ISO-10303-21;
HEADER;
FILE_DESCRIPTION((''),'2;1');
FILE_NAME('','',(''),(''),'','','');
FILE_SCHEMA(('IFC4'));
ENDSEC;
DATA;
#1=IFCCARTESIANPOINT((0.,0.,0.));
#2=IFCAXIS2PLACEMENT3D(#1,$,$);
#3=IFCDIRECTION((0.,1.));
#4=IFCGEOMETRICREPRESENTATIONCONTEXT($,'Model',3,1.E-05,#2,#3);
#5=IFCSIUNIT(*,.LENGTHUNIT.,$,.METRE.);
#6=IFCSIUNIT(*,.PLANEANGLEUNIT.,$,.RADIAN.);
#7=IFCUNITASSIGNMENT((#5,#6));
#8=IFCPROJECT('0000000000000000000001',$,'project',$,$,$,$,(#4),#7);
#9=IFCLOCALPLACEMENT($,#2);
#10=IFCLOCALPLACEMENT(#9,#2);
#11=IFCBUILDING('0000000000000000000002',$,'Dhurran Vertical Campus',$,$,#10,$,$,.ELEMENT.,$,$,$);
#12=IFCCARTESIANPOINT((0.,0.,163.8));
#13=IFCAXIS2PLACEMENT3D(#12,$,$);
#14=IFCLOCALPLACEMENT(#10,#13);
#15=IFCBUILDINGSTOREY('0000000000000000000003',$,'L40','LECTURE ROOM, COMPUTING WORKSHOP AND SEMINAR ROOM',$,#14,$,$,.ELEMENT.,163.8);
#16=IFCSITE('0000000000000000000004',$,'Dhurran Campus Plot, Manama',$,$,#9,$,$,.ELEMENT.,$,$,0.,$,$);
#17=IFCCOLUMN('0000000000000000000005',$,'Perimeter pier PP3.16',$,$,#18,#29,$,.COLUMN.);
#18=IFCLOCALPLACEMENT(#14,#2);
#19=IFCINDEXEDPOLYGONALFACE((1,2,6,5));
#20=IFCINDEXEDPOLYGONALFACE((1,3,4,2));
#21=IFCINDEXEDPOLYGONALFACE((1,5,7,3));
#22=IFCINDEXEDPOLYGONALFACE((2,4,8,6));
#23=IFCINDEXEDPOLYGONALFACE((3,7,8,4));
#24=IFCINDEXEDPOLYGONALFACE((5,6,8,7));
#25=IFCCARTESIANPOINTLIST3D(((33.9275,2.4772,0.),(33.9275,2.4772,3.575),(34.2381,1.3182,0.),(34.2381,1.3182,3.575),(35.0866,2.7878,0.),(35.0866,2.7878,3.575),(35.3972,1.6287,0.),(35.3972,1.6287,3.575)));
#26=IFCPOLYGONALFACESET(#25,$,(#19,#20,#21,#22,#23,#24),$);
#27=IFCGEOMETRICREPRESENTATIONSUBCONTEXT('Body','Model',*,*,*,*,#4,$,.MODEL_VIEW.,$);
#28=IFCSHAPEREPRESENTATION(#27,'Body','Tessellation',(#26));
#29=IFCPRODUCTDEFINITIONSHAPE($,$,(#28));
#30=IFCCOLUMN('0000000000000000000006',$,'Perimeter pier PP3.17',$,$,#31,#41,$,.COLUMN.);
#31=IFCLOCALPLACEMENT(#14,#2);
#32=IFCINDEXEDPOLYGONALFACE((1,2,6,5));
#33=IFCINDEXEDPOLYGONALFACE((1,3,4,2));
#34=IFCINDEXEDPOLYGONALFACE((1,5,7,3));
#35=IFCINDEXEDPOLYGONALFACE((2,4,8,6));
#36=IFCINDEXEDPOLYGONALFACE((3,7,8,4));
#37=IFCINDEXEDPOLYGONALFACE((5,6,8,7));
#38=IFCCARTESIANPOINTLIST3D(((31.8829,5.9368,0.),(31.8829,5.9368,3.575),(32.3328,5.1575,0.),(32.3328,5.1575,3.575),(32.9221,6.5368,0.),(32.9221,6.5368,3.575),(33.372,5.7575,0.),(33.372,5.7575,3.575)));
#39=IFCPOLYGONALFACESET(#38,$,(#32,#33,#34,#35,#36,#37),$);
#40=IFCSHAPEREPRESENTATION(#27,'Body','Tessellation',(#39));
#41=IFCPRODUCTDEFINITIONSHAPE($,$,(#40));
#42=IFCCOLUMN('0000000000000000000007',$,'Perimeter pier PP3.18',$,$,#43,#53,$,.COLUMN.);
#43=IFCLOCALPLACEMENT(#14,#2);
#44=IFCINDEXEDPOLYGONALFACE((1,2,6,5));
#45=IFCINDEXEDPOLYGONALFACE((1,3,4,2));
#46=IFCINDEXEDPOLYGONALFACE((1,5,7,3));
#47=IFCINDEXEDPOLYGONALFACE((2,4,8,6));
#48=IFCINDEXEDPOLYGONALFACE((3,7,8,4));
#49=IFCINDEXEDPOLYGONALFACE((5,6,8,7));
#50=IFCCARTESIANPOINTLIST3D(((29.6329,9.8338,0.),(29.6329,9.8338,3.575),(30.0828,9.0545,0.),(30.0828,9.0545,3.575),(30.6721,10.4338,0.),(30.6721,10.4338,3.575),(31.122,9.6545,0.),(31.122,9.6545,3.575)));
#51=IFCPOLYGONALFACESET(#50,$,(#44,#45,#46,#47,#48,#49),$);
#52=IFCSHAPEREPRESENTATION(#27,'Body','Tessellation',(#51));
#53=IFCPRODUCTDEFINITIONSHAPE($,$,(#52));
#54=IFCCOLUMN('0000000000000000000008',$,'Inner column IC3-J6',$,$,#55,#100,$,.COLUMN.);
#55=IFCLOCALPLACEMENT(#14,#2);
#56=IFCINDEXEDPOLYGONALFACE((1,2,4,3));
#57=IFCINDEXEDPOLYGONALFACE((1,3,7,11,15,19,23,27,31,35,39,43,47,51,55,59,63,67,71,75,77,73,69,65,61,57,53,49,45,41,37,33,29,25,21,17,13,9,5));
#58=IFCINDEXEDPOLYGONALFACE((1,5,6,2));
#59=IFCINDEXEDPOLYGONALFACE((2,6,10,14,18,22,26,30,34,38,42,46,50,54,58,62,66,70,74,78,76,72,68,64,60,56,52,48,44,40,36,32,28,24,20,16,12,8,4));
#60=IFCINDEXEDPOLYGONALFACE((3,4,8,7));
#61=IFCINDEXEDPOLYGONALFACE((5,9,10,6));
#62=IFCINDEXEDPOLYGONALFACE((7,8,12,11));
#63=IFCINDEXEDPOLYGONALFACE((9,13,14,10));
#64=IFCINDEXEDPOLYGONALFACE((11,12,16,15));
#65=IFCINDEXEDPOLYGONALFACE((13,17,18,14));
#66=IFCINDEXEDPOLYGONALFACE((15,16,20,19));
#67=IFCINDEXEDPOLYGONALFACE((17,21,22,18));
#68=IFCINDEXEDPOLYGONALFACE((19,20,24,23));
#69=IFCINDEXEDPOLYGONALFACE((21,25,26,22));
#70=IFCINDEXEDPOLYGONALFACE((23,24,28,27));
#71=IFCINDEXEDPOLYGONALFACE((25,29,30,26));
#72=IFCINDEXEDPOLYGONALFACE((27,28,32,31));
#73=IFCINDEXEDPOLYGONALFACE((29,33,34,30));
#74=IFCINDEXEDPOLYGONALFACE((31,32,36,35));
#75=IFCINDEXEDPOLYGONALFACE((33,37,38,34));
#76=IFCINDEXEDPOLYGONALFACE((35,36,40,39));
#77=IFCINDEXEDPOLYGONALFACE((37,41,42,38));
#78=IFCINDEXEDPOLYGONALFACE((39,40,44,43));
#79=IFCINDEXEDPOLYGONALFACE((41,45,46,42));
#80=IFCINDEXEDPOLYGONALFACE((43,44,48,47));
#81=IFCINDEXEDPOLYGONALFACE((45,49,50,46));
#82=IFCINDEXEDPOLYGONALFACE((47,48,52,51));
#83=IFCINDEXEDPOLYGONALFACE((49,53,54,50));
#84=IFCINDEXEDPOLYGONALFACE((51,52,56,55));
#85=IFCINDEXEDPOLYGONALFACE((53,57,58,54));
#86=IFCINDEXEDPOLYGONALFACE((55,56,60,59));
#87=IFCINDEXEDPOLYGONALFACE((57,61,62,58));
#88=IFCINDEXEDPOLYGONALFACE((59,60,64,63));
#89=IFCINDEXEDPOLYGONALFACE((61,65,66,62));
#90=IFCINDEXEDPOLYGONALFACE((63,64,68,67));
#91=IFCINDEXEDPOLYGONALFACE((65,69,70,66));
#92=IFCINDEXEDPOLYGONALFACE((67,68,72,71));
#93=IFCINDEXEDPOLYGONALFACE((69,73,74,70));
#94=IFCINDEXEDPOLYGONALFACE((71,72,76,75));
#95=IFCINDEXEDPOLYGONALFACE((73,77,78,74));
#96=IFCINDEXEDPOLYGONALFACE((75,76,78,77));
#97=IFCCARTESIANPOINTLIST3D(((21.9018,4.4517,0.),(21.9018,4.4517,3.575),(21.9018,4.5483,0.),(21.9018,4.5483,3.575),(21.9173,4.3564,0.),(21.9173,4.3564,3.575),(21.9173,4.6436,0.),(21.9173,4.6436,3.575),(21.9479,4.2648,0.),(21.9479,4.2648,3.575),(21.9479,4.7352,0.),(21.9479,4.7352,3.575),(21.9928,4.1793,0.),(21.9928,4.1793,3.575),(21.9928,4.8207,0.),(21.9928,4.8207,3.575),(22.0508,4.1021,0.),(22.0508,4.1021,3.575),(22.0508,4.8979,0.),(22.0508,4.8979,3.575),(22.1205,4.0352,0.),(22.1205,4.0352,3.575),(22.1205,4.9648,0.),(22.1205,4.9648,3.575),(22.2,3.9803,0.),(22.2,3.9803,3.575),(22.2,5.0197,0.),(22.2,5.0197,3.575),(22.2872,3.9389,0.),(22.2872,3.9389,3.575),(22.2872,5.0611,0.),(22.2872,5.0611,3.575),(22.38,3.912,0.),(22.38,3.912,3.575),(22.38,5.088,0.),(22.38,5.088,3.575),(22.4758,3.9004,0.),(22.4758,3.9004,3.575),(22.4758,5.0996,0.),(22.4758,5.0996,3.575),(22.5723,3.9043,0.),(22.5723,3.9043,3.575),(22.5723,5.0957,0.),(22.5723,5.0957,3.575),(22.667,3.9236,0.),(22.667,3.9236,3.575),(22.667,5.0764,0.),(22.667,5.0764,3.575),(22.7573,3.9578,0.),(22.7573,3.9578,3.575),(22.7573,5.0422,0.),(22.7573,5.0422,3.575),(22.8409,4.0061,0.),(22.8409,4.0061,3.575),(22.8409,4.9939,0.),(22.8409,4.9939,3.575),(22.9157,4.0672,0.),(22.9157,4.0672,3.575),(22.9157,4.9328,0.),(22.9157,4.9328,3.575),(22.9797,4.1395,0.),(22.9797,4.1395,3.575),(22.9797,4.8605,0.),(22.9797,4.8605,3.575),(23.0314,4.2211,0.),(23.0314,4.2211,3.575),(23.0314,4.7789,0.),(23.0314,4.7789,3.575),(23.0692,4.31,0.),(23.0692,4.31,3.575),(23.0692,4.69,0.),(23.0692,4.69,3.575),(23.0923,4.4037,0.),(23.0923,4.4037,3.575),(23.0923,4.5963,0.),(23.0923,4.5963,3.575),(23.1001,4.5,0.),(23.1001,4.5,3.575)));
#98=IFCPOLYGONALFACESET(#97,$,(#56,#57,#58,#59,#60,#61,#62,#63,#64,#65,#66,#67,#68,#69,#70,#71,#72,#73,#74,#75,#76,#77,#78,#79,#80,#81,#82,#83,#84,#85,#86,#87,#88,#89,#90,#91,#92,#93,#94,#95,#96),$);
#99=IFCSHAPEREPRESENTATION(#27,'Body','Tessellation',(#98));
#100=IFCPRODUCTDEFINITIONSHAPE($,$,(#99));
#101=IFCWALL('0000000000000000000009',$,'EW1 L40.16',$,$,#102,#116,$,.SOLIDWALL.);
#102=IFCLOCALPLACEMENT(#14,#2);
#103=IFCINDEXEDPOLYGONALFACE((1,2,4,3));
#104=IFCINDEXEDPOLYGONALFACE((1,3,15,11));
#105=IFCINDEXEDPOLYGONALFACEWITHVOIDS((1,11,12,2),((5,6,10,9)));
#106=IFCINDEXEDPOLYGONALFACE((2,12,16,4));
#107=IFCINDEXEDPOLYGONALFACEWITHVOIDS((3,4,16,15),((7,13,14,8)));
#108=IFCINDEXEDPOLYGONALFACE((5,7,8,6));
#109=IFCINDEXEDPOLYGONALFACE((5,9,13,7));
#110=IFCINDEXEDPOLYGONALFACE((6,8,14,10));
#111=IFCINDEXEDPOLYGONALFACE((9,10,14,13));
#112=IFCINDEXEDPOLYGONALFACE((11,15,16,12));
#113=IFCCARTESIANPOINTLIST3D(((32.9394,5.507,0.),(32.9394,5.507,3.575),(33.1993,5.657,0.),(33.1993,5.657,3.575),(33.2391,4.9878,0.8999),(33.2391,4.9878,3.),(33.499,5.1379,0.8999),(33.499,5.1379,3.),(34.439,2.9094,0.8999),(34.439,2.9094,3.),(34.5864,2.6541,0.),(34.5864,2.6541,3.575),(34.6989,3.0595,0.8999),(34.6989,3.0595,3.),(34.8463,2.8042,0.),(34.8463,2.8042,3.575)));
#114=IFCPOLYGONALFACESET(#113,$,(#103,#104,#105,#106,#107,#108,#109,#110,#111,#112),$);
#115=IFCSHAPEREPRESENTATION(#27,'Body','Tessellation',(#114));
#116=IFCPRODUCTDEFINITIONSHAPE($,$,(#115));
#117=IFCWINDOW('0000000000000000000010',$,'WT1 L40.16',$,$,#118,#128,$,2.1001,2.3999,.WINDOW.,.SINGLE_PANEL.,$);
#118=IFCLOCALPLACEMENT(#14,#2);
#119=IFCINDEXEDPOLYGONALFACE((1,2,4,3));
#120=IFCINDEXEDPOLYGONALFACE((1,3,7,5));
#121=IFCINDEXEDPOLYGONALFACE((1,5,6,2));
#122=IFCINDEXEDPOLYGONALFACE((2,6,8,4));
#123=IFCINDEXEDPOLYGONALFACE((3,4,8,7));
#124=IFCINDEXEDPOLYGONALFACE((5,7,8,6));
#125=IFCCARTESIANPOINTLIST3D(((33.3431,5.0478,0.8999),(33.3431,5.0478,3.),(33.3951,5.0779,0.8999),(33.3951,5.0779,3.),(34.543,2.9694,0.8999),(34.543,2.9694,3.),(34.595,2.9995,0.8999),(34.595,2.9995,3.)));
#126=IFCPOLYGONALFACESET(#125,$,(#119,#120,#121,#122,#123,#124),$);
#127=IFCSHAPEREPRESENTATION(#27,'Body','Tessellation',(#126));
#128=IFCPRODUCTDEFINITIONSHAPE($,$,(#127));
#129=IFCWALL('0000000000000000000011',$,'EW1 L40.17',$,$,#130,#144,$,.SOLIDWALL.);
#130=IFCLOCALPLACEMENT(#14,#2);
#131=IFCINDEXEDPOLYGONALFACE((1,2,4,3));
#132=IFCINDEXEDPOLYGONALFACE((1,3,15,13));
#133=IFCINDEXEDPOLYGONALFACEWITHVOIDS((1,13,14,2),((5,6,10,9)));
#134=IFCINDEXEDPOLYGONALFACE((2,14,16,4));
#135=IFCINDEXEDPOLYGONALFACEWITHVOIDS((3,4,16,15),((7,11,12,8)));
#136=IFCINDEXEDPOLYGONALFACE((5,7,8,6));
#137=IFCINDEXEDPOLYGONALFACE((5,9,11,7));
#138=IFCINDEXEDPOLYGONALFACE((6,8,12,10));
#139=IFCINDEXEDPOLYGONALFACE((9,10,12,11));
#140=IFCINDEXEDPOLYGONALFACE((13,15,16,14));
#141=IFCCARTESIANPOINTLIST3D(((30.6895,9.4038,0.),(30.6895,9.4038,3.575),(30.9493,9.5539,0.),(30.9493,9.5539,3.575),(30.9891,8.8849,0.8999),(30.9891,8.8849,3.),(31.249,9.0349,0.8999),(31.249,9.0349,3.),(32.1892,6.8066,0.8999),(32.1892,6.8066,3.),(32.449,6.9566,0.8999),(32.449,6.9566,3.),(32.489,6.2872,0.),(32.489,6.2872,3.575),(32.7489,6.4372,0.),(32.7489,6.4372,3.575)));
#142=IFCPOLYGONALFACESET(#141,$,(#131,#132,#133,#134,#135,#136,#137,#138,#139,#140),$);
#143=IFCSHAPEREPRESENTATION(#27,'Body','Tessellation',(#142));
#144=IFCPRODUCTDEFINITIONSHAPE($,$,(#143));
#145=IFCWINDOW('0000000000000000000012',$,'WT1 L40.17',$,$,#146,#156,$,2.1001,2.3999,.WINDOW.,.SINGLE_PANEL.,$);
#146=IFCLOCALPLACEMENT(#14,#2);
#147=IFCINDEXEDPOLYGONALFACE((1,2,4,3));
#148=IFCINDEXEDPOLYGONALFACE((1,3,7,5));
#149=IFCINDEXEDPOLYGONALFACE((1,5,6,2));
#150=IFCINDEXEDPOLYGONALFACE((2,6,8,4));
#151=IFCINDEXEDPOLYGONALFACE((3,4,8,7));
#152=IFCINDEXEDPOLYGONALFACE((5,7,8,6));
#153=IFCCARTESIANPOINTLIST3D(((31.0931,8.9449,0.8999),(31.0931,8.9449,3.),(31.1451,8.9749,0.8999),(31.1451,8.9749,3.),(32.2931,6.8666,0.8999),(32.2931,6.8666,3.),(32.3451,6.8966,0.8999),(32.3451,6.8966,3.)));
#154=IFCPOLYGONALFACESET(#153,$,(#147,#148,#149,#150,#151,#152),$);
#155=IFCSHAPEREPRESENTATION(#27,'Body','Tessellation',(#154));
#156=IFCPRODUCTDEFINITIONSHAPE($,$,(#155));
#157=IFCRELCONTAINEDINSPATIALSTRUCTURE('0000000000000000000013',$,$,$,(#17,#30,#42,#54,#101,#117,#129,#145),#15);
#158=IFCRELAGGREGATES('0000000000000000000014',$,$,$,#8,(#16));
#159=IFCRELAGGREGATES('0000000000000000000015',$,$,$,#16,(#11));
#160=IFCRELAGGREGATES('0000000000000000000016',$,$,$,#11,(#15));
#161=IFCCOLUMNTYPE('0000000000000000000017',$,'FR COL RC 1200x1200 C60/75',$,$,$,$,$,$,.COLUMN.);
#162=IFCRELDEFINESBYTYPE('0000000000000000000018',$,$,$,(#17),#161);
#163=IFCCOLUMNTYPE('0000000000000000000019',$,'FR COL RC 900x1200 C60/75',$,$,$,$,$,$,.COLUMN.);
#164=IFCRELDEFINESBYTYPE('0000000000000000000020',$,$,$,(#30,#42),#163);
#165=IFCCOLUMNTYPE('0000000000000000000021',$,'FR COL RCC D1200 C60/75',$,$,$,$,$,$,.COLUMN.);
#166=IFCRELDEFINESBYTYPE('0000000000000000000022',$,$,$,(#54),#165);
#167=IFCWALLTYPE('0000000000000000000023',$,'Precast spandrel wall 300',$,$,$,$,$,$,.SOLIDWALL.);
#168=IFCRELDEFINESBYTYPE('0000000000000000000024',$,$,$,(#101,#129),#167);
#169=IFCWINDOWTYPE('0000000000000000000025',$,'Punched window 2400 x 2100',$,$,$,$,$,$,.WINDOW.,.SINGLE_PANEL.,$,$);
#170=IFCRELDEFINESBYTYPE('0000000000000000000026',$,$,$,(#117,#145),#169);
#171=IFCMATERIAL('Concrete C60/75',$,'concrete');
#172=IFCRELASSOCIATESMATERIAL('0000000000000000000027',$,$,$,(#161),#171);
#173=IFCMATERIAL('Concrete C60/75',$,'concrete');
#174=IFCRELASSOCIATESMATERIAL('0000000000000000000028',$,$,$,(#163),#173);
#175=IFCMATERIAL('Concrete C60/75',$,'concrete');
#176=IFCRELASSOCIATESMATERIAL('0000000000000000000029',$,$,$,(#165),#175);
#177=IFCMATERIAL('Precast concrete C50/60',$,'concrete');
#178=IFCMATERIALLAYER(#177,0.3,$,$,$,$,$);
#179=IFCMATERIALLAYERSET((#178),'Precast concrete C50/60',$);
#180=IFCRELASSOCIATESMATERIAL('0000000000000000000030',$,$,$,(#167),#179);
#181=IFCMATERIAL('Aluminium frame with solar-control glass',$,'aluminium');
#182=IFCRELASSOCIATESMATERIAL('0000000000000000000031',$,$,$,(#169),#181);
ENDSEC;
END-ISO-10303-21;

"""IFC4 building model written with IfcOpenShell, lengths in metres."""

from ifc_helpers import new_model, si_unit, direction, frame, frame_2d, origin, origin_2d, place, context, subcontext, project, spatial, rectangle, circle, extrude, material, layer, layer_set, material_profile, profile_set, type_object, element, fill, save


model = new_model("IFC4")

# Units and contexts
model_context = context("Model", 3, precision=1e-05, world=origin(), true_north=direction((0.0, 1.0)))
body_context = subcontext(model_context, "Body", "Model", "MODEL_VIEW")
ifc_project = project(units=[si_unit("LENGTHUNIT", "METRE"), si_unit("PLANEANGLEUNIT", "RADIAN")], contexts=[model_context])

# Site, building, storey
site_placement = place(None, origin())
site = spatial("IfcSite", under=ifc_project, at=site_placement, Name="Dhurran Campus Plot, Manama", CompositionType="ELEMENT", RefElevation=0.0)
building_placement = place(site_placement, origin())
building = spatial("IfcBuilding", under=site, at=building_placement, Name="Dhurran Vertical Campus", CompositionType="ELEMENT")
storey_placement = place(building_placement, frame((0.0, 0.0, 163.8)))
storey = spatial("IfcBuildingStorey", under=building, at=storey_placement, Name="L40", Description="LECTURE ROOM, COMPUTING WORKSHOP AND SEMINAR ROOM", CompositionType="ELEMENT", Elevation=163.8)

# Columns
ifc_material_1 = material(Name="Concrete C60/75", Category="concrete")
ifc_material_profile_1 = material_profile(ifc_material_1, rectangle(XDim=1.2, YDim=1.2, at=origin_2d()), Name="RC 1200x1200")
ifc_profile_set_1 = profile_set([ifc_material_profile_1], Name="Concrete C60/75")
column_type_1 = type_object("IfcColumnType", Name="FR COL RC 1200x1200 C60/75", PredefinedType="COLUMN", material=ifc_profile_set_1)
column_1_placement = place(storey_placement, frame((34.6624, 2.053, 0.0), z_axis=(0.0, 0.0, 1.0), x_axis=(-0.258819, 0.965926, 0.0)))
element("IfcColumn", 1, at=column_1_placement, inside=storey, type_object=column_type_1, Name="Perimeter pier PP3.16", PredefinedType="COLUMN", context=body_context, shape_type="SweptSolid", body=[
    extrude(rectangle(XDim=1.2, YDim=1.2, at=origin_2d()), origin(), (0.0, 0.0, 1.0), 3.575),
])
ifc_material_2 = material(Name="Concrete C60/75", Category="concrete")
ifc_material_profile_2 = material_profile(ifc_material_2, rectangle(XDim=0.8999, YDim=1.2, at=origin_2d()), Name="RC 900x1200")
ifc_profile_set_2 = profile_set([ifc_material_profile_2], Name="Concrete C60/75")
column_type_2 = type_object("IfcColumnType", Name="FR COL RC 900x1200 C60/75", PredefinedType="COLUMN", material=ifc_profile_set_2)
for number, where, z_axis, x_axis, name in (
    (2, (32.6274, 5.8472, 0.0), (0.0, 0.0, 1.0), (-0.5, 0.866025, 0.0), "Perimeter pier PP3.17"),
    (3, (30.3774, 9.7441, 0.0), (0.0, 0.0, 1.0), (-0.5, 0.866025, 0.0), "Perimeter pier PP3.18"),
):
    element("IfcColumn", number, at=place(storey_placement, frame(where, z_axis=z_axis, x_axis=x_axis)), inside=storey, type_object=column_type_2, Name=name, PredefinedType="COLUMN", context=body_context, shape_type="SweptSolid", body=[
        extrude(rectangle(XDim=0.8999, YDim=1.2, at=origin_2d()), origin(), (0.0, 0.0, 1.0), 3.575),
    ])
ifc_material_3 = material(Name="Concrete C60/75", Category="concrete")
ifc_material_profile_3 = material_profile(ifc_material_3, circle(Radius=0.6001, at=origin_2d()), Name="RCC D1200")
ifc_profile_set_3 = profile_set([ifc_material_profile_3], Name="Concrete C60/75")
column_type_3 = type_object("IfcColumnType", Name="FR COL RCC D1200 C60/75", PredefinedType="COLUMN", material=ifc_profile_set_3)
column_2_placement = place(storey_placement, frame((22.5, 4.5, 0.0), z_axis=(0.0, 0.0, 1.0), x_axis=(1.0, 0.0, 0.0)))
element("IfcColumn", 4, at=column_2_placement, inside=storey, type_object=column_type_3, Name="Inner column IC3-J6", PredefinedType="COLUMN", context=body_context, shape_type="SweptSolid", body=[
    extrude(circle(Radius=0.6001, at=origin_2d()), origin(), (0.0, 0.0, 1.0), 3.575),
])

# Walls, openings, windows
ifc_material_4 = material(Name="Precast concrete C50/60", Category="concrete")
ifc_layer_1 = layer(ifc_material_4, 0.3)
ifc_layer_set_1 = layer_set([ifc_layer_1], Name="Precast concrete C50/60")
wall_type_1 = type_object("IfcWallType", Name="Precast spandrel wall 300", PredefinedType="SOLIDWALL", material=ifc_layer_set_1)
wall_1_placement = place(storey_placement, frame((34.7163, 2.7292, 0.0), z_axis=(0.0, 0.0, 1.0), x_axis=(-0.499981, 0.866036, 0.0)))
wall_1 = element("IfcWall", 5, at=wall_1_placement, inside=storey, type_object=wall_type_1, Name="EW1 L40.16", PredefinedType="SOLIDWALL", context=body_context, shape_type="SweptSolid", body=[
    extrude(rectangle(XDim=3.2942, YDim=0.3, at=frame_2d((1.647, 0.0))), origin(), (0.0, 0.0, 1.0), 3.575),
])
opening_1_placement = place(wall_1_placement, frame((0.2947, 0.0, 0.8999)))
opening_1 = element("IfcOpeningElement", 6, at=opening_1_placement, cuts=wall_1, PredefinedType="OPENING", context=body_context, shape_type="SweptSolid", body=[
    extrude(rectangle(XDim=2.3999, YDim=2.1001, at=frame_2d((1.2, 1.05))), frame((0.0, 0.1599, 0.0), z_axis=(0.0, -1.0, 0.0), x_axis=(1.0, 0.0, 0.0)), (0.0, 0.0, 1.0), 0.3201),
])
ifc_material_5 = material(Name="Aluminium frame with solar-control glass", Category="aluminium")
window_type = type_object("IfcWindowType", Name="Punched window 2400 x 2100", PartitioningType="SINGLE_PANEL", PredefinedType="WINDOW", material=ifc_material_5)
window_1_placement = place(opening_1_placement, origin())
window_1 = element("IfcWindow", 7, at=window_1_placement, inside=storey, type_object=window_type, Name="WT1 L40.16", OverallHeight=2.1001, OverallWidth=2.3999, PartitioningType="SINGLE_PANEL", PredefinedType="WINDOW", context=body_context, shape_type="SweptSolid", body=[
    extrude(rectangle(XDim=2.3999, YDim=2.1001, at=frame_2d((1.2, 1.05))), frame((0.0, 0.03, 0.0), z_axis=(0.0, -1.0, 0.0), x_axis=(1.0, 0.0, 0.0)), (0.0, 0.0, 1.0), 0.0601),
])
fill(opening_1, window_1)
wall_2_placement = place(storey_placement, frame((32.6189, 6.3623, 0.0), z_axis=(0.0, 0.0, 1.0), x_axis=(-0.500028, 0.866009, 0.0)))
wall_2 = element("IfcWall", 8, at=wall_2_placement, inside=storey, type_object=wall_type_1, Name="EW1 L40.17", PredefinedType="SOLIDWALL", context=body_context, shape_type="SweptSolid", body=[
    extrude(rectangle(XDim=3.5989, YDim=0.3, at=frame_2d((1.7993, 0.0))), origin(), (0.0, 0.0, 1.0), 3.575),
])
opening_2_placement = place(wall_2_placement, frame((0.5996, 0.0, 0.8999)))
opening_2 = element("IfcOpeningElement", 9, at=opening_2_placement, cuts=wall_2, PredefinedType="OPENING", context=body_context, shape_type="SweptSolid", body=[
    extrude(rectangle(XDim=2.3999, YDim=2.1001, at=frame_2d((1.2, 1.05))), frame((0.0, 0.1599, 0.0), z_axis=(0.0, -1.0, 0.0), x_axis=(1.0, 0.0, 0.0)), (0.0, 0.0, 1.0), 0.3201),
])
window_2_placement = place(opening_2_placement, origin())
window_2 = element("IfcWindow", 10, at=window_2_placement, inside=storey, type_object=window_type, Name="WT1 L40.17", OverallHeight=2.1001, OverallWidth=2.3999, PartitioningType="SINGLE_PANEL", PredefinedType="WINDOW", context=body_context, shape_type="SweptSolid", body=[
    extrude(rectangle(XDim=2.3999, YDim=2.1001, at=frame_2d((1.2, 1.05))), frame((0.0, 0.03, 0.0), z_axis=(0.0, -1.0, 0.0), x_axis=(1.0, 0.0, 0.0)), (0.0, 0.0, 1.0), 0.0601),
])
fill(opening_2, window_2)

save(model, "model.ifc")
